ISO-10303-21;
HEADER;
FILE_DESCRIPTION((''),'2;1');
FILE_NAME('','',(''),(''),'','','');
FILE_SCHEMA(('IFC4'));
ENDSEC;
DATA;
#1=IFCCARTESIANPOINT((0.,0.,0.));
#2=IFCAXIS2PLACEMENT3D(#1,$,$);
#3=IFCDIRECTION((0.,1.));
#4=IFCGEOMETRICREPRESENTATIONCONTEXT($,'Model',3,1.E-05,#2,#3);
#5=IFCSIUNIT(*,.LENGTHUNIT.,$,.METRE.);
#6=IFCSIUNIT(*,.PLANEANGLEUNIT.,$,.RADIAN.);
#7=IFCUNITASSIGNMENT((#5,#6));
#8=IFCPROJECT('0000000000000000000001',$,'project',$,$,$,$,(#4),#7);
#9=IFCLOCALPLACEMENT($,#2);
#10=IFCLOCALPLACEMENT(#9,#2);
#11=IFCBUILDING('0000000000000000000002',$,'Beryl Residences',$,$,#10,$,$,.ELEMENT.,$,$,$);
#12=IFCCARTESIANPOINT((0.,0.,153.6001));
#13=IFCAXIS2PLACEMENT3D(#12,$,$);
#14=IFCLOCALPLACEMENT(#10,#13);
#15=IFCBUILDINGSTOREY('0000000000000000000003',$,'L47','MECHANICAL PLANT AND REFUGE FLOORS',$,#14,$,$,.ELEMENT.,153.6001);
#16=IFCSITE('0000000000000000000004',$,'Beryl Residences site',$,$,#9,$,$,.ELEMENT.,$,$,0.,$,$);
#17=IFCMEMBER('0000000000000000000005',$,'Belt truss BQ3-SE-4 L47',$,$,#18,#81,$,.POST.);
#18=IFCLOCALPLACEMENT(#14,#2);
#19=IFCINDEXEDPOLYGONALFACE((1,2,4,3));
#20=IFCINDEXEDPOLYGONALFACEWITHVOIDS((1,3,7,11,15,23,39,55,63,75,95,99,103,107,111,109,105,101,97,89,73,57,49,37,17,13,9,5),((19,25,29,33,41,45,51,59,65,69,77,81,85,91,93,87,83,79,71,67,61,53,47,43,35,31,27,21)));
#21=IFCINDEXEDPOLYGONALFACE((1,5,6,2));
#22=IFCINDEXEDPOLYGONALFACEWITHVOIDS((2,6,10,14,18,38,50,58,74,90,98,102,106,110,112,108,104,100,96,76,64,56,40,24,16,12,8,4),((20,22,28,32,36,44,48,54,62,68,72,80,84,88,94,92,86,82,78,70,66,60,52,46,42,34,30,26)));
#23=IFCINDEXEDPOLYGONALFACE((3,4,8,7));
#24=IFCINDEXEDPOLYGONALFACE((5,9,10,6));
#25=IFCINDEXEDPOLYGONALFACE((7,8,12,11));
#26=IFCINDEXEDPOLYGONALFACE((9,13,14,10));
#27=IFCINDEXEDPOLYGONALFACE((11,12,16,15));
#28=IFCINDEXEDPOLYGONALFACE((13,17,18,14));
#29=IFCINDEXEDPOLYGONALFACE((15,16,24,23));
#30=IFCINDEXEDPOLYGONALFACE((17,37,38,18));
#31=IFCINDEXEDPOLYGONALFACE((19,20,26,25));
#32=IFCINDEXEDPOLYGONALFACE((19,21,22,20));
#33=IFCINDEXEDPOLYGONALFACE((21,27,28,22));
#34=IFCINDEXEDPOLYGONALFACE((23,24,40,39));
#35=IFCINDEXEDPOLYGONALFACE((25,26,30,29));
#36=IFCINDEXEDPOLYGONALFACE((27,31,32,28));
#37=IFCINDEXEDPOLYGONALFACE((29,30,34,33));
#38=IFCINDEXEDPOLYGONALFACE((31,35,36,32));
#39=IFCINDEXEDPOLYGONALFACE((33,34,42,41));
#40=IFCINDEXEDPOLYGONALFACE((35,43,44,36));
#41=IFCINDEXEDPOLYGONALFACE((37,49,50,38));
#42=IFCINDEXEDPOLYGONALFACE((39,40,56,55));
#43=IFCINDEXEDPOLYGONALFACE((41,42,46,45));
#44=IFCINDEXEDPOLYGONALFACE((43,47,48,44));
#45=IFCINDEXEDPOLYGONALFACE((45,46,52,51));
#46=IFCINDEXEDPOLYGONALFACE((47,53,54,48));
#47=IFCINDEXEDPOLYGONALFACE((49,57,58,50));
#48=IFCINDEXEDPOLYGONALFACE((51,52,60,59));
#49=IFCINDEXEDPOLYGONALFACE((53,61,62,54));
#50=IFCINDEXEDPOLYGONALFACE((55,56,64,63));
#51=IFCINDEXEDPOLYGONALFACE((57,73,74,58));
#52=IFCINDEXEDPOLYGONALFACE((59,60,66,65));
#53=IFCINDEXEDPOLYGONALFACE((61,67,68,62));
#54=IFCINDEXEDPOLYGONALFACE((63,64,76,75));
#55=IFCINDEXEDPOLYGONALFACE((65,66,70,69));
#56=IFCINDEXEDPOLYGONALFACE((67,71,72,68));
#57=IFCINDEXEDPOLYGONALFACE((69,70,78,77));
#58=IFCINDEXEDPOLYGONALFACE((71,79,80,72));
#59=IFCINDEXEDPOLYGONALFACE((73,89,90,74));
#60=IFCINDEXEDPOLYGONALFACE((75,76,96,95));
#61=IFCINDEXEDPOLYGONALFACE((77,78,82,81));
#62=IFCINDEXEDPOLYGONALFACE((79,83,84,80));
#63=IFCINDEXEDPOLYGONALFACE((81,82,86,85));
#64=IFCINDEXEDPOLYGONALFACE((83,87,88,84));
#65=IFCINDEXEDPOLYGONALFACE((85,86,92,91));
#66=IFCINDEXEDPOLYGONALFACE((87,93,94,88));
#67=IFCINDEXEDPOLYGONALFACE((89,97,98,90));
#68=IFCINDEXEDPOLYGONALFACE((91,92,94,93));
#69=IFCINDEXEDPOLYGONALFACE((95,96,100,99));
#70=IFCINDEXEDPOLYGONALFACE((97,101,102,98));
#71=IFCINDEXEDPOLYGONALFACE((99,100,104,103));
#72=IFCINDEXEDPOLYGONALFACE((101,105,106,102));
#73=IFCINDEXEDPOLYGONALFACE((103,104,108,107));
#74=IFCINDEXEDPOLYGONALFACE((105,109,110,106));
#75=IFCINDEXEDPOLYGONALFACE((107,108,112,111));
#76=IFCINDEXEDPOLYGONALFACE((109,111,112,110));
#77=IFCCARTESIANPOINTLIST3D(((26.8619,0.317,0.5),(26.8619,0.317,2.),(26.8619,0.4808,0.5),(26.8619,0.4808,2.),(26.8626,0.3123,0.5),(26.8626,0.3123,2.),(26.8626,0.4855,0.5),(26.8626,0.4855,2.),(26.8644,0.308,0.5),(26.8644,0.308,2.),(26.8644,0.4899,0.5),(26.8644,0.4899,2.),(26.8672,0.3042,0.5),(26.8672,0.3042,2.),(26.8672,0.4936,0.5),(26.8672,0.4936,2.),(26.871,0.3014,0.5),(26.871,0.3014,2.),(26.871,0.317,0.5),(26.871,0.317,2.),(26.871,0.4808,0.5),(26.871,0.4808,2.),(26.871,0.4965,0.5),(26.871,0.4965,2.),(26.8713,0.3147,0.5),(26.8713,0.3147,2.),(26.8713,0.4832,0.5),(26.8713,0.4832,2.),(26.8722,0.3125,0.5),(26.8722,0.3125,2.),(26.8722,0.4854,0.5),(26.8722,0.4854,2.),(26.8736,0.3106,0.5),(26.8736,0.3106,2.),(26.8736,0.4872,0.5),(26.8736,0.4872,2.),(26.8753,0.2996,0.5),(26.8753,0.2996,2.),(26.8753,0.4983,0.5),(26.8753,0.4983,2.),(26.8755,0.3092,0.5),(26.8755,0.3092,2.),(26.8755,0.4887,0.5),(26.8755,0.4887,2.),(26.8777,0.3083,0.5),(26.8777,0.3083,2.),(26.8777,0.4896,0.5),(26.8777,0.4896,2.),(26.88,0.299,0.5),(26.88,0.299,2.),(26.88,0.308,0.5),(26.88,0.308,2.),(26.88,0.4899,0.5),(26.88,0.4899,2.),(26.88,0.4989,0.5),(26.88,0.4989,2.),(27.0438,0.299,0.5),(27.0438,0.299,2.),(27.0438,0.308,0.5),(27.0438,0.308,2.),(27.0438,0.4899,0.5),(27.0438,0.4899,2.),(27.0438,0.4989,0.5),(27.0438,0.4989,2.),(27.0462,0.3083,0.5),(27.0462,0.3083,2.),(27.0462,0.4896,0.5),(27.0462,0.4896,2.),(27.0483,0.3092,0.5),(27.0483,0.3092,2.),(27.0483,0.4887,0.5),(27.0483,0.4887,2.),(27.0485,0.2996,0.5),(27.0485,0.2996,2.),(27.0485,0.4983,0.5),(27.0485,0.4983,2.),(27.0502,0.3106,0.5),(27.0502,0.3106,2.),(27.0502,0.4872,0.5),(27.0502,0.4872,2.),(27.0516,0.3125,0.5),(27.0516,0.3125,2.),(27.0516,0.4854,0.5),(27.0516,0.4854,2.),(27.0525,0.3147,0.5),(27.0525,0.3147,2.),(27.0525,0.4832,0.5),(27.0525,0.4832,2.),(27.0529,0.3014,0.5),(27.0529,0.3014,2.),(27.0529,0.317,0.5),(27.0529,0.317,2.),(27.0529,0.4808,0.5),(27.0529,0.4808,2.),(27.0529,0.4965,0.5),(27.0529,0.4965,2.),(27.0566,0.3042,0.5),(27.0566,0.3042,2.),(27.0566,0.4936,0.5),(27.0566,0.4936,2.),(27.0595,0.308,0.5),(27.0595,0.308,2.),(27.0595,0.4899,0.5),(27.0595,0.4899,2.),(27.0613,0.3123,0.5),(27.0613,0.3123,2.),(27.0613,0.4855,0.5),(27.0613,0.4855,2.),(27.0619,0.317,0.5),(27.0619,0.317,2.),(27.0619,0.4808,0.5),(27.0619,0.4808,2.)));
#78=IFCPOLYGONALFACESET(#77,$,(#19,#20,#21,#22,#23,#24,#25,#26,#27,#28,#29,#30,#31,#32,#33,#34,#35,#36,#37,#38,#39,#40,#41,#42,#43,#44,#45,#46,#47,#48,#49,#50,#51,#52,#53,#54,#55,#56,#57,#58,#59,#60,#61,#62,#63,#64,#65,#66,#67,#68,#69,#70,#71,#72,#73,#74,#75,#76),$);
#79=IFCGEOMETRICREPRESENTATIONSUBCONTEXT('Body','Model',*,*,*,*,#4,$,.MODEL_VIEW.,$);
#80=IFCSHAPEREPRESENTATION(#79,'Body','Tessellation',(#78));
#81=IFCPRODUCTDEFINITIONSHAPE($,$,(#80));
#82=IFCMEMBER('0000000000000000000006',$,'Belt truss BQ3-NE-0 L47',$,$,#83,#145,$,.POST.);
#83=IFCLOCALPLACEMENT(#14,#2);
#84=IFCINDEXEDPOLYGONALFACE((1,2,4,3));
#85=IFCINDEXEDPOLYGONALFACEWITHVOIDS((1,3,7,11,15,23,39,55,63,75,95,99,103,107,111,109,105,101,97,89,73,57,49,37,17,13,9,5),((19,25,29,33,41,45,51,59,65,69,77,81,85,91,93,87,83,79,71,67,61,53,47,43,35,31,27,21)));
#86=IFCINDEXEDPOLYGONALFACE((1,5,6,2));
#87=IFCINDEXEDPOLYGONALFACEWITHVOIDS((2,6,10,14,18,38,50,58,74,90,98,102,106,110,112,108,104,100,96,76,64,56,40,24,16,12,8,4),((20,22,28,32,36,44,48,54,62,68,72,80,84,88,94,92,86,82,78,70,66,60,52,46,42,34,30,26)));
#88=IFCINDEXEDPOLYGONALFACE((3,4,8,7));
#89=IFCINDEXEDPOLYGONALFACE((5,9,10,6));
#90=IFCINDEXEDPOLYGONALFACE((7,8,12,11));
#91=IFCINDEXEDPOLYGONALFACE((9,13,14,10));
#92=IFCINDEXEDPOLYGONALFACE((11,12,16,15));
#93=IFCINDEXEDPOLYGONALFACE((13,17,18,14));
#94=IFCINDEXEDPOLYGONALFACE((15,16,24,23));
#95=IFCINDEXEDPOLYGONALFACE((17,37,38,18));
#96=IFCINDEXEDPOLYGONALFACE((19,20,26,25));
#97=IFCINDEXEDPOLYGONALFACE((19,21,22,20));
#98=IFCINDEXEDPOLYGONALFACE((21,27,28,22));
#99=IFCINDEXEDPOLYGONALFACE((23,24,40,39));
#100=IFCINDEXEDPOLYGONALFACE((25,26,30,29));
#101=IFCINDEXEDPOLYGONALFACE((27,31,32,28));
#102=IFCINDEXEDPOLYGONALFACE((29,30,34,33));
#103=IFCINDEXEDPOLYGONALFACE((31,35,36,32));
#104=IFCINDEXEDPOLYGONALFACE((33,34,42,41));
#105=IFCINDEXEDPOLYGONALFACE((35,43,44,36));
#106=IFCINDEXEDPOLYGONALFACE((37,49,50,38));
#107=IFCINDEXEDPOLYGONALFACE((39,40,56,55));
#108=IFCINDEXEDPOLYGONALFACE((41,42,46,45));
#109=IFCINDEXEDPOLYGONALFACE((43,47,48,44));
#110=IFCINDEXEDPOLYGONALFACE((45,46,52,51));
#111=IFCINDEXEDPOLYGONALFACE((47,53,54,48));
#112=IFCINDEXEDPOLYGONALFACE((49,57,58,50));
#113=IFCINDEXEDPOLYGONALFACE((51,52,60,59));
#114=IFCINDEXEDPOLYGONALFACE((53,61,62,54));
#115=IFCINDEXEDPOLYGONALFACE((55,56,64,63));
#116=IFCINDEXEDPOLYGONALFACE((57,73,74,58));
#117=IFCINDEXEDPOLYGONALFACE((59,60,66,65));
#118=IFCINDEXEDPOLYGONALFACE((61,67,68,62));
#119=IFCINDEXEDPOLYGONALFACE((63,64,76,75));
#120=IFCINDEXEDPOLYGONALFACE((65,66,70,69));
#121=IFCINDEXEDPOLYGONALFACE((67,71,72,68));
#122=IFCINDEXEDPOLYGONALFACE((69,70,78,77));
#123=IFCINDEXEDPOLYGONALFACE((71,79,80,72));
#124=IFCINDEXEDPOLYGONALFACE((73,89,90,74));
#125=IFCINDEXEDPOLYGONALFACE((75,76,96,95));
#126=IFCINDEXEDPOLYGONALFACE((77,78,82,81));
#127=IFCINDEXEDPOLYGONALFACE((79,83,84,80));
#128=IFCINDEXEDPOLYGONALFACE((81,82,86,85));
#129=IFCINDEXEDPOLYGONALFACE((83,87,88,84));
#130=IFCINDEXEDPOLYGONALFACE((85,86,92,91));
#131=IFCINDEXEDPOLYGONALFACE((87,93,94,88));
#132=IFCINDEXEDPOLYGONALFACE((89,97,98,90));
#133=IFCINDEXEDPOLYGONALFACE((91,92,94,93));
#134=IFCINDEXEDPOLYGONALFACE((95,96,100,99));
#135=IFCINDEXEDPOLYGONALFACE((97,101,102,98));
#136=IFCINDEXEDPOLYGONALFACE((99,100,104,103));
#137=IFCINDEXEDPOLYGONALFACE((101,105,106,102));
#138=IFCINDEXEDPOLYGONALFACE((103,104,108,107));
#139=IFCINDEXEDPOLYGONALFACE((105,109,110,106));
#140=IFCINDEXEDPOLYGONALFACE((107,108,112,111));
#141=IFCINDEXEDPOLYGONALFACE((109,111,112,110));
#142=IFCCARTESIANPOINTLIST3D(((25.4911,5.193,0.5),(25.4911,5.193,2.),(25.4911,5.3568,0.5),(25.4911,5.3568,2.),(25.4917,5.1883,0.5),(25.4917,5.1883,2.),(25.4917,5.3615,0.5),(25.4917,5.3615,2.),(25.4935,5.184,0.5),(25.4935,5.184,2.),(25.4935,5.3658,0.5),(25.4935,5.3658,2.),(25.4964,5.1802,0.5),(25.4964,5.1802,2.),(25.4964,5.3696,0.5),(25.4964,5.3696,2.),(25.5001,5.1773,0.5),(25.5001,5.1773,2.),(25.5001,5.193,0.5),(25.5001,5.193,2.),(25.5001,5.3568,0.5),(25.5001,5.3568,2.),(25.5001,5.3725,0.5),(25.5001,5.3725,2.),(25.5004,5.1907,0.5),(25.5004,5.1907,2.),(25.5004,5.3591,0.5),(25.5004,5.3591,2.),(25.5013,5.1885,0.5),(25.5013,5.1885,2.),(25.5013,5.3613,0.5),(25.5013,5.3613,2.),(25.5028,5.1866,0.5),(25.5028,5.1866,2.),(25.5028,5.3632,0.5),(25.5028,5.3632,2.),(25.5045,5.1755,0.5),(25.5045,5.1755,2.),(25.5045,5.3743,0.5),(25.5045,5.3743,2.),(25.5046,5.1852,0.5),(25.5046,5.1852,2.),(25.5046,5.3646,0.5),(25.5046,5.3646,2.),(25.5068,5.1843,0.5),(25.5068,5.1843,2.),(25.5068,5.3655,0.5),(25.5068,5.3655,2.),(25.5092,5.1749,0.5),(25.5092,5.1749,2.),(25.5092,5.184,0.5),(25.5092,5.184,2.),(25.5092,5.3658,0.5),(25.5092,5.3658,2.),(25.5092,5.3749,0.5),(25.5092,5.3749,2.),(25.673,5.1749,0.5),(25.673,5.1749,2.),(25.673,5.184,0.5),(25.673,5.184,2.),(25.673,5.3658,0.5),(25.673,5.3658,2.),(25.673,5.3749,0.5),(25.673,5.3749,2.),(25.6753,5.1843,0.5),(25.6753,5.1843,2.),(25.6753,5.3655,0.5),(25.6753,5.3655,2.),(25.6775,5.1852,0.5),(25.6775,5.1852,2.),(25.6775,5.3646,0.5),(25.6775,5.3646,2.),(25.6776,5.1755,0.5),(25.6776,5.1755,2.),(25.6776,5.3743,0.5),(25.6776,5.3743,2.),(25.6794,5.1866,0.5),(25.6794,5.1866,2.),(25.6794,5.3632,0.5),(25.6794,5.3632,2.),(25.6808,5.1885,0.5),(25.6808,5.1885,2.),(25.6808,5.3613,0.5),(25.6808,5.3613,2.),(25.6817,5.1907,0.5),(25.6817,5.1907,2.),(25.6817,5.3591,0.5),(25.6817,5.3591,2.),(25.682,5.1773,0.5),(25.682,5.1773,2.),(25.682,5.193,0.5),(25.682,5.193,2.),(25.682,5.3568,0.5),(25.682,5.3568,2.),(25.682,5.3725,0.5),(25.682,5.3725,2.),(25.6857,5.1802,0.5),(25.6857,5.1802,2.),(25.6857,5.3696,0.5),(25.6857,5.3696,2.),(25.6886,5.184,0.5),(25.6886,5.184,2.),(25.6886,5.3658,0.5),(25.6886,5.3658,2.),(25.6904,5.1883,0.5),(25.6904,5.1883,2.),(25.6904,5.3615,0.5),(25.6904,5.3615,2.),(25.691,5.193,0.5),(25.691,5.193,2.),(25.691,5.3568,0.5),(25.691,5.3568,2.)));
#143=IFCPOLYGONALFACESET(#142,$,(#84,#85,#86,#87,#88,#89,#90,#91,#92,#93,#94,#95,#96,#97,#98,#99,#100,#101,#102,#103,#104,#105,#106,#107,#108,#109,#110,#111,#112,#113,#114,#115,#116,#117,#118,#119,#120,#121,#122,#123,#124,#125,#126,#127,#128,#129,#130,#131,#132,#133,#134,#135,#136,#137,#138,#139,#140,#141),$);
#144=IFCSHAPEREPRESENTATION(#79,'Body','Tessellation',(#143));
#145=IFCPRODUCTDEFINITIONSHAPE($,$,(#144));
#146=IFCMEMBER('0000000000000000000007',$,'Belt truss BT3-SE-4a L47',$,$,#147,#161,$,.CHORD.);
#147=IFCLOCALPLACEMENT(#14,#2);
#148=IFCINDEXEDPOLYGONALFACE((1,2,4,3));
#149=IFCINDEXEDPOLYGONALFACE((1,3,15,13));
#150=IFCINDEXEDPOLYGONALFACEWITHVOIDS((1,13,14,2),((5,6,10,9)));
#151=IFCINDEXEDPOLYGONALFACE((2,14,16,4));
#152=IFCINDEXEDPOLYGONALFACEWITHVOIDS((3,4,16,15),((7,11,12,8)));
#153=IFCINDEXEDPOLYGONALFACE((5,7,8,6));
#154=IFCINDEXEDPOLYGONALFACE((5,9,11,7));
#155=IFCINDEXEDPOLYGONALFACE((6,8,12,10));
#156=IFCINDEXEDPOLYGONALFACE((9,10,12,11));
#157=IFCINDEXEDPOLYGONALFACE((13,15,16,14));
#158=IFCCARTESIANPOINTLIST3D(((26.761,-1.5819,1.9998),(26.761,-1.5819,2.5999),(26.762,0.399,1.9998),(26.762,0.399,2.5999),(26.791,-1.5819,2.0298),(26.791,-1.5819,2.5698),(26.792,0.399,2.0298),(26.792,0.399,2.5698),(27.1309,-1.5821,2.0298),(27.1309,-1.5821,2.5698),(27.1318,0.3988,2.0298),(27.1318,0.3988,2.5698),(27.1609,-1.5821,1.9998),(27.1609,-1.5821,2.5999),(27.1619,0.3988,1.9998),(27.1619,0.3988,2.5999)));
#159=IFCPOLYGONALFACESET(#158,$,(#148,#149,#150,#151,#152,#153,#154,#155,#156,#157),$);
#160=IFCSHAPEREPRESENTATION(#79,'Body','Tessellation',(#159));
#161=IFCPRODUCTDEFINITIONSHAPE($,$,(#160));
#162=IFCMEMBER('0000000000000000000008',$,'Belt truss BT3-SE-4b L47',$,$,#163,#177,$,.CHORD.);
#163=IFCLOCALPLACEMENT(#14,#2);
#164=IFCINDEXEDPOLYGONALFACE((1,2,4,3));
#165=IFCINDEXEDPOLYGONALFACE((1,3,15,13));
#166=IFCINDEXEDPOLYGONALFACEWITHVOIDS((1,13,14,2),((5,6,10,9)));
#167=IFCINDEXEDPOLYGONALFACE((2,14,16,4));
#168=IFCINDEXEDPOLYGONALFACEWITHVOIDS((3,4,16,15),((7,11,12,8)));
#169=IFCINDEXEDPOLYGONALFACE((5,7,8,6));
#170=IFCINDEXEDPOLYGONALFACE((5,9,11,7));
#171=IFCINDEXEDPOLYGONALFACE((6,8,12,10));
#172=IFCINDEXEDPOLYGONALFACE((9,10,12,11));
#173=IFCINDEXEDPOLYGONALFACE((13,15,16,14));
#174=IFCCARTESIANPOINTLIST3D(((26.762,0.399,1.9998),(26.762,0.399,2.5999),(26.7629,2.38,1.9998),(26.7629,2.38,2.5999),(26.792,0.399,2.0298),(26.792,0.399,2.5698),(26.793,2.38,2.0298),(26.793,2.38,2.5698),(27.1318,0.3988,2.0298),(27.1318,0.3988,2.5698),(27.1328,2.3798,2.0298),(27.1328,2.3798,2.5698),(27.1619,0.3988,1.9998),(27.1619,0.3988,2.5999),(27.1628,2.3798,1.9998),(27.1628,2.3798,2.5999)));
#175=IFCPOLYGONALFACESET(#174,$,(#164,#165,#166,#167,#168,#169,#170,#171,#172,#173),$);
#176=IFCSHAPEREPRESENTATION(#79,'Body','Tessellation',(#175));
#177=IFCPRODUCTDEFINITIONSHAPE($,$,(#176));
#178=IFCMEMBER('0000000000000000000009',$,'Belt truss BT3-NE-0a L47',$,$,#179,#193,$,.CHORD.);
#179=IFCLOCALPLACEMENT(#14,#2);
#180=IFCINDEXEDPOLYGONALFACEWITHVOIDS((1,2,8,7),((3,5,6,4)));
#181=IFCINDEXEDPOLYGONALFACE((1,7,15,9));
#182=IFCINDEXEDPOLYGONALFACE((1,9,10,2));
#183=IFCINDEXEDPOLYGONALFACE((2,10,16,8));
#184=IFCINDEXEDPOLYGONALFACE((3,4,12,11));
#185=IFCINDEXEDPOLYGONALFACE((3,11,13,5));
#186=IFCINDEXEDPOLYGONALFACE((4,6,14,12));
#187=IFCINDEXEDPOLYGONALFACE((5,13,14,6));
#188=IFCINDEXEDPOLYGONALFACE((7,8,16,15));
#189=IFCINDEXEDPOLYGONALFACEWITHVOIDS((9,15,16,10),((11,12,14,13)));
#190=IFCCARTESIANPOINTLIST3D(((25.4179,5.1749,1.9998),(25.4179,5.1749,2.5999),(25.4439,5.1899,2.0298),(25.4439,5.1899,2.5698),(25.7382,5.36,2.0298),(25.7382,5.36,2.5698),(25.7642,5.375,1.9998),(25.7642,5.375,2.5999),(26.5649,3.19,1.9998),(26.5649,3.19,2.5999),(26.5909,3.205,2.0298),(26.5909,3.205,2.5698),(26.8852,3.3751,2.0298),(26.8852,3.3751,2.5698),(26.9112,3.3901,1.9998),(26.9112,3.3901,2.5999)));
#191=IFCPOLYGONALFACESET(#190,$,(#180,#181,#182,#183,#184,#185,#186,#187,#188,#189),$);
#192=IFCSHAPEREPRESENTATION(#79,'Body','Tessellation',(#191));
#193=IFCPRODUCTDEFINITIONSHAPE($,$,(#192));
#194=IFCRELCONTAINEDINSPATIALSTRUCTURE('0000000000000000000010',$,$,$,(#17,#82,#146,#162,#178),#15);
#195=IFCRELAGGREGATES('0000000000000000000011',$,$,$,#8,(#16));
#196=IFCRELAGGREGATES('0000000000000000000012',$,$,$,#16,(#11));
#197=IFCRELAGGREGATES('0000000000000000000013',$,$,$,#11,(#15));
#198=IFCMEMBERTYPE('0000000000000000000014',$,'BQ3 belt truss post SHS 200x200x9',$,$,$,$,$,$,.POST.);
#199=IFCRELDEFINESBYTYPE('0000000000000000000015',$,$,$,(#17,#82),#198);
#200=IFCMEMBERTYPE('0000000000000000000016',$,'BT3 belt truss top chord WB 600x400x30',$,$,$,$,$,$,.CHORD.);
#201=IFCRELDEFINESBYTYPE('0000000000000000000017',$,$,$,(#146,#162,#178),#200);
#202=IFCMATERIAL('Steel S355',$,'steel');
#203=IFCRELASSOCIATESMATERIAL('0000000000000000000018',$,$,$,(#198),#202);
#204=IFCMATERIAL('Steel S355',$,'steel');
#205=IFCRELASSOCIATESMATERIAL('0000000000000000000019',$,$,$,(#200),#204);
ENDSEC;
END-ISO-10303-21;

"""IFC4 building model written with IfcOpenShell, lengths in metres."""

from ifc_helpers import new_model, si_unit, direction, frame, origin, origin_2d, place, context, subcontext, project, spatial, hollow_rectangle, extrude, material, material_profile, profile_set, type_object, element, save


model = new_model("IFC4")

# Units and contexts
model_context = context("Model", 3, precision=1e-05, world=origin(), true_north=direction((0.0, 1.0)))
body_context = subcontext(model_context, "Body", "Model", "MODEL_VIEW")
ifc_project = project(units=[si_unit("LENGTHUNIT", "METRE"), si_unit("PLANEANGLEUNIT", "RADIAN")], contexts=[model_context])

# Site, building, storey
site_placement = place(None, origin())
site = spatial("IfcSite", under=ifc_project, at=site_placement, Name="Beryl Residences site", CompositionType="ELEMENT", RefElevation=0.0)
building_placement = place(site_placement, origin())
building = spatial("IfcBuilding", under=site, at=building_placement, Name="Beryl Residences", CompositionType="ELEMENT")
storey_placement = place(building_placement, frame((0.0, 0.0, 153.6001)))
storey = spatial("IfcBuildingStorey", under=building, at=storey_placement, Name="L47", Description="MECHANICAL PLANT AND REFUGE FLOORS", CompositionType="ELEMENT", Elevation=153.6001)

# Members
ifc_material_1 = material(Name="Steel S355", Category="steel")
ifc_material_profile_1 = material_profile(ifc_material_1, hollow_rectangle(XDim=0.2, YDim=0.2, WallThickness=0.009, InnerFilletRadius=0.009, OuterFilletRadius=0.0181, at=origin_2d()))
ifc_profile_set_1 = profile_set([ifc_material_profile_1], Name="Steel S355")
member_type_1 = type_object("IfcMemberType", Name="BQ3 belt truss post SHS 200x200x9", PredefinedType="POST", material=ifc_profile_set_1)
for number, where, z_axis, x_axis, name in (
    (1, (26.9619, 0.3989, 0.5), (0.0, 0.0, 1.0), (1.0, 0.0, 0.0), "Belt truss BQ3-SE-4 L47"),
    (2, (25.5911, 5.2749, 0.5), (0.0, 0.0, 1.0), (1.0, 0.0, 0.0), "Belt truss BQ3-NE-0 L47"),
):
    element("IfcMember", number, at=place(storey_placement, frame(where, z_axis=z_axis, x_axis=x_axis)), inside=storey, type_object=member_type_1, Name=name, PredefinedType="POST", context=body_context, shape_type="SweptSolid", body=[
        extrude(hollow_rectangle(XDim=0.2, YDim=0.2, WallThickness=0.009, InnerFilletRadius=0.009, OuterFilletRadius=0.0181, at=origin_2d()), origin(), (0.0, 0.0, 1.0), 1.5),
    ])
ifc_material_2 = material(Name="Steel S355", Category="steel")
ifc_material_profile_2 = material_profile(ifc_material_2, hollow_rectangle(XDim=0.3999, YDim=0.6001, WallThickness=0.03, at=origin_2d()))
ifc_profile_set_2 = profile_set([ifc_material_profile_2], Name="Steel S355")
member_type_2 = type_object("IfcMemberType", Name="BT3 belt truss top chord WB 600x400x30", PredefinedType="CHORD", material=ifc_profile_set_2)
for number, where, z_axis, x_axis, name in (
    (3, (26.9609, -1.582, 2.2998), (0.000493, 1.0, 0.0), (-1.0, 0.000493, 0.0), "Belt truss BT3-SE-4a L47"),
    (4, (26.9619, 0.3989, 2.2998), (0.000493, 1.0, 0.0), (-1.0, 0.000493, 0.0), "Belt truss BT3-SE-4b L47"),
):
    element("IfcMember", number, at=place(storey_placement, frame(where, z_axis=z_axis, x_axis=x_axis)), inside=storey, type_object=member_type_2, Name=name, PredefinedType="CHORD", context=body_context, shape_type="SweptSolid", body=[
        extrude(hollow_rectangle(XDim=0.3999, YDim=0.6001, WallThickness=0.03, at=origin_2d()), origin(), (0.0, 0.0, 1.0), 1.981),
    ])
member_1_placement = place(storey_placement, frame((26.738, 3.29, 2.2998), z_axis=(-0.500331, 0.865834, 0.0), x_axis=(-0.865834, -0.500331, 0.0)))
element("IfcMember", 5, at=member_1_placement, inside=storey, type_object=member_type_2, Name="Belt truss BT3-NE-0a L47", PredefinedType="CHORD", context=body_context, shape_type="SweptSolid", body=[
    extrude(hollow_rectangle(XDim=0.3999, YDim=0.6001, WallThickness=0.03, at=origin_2d()), origin(), (0.0, 0.0, 1.0), 2.2925),
])

save(model, "model.ifc")
